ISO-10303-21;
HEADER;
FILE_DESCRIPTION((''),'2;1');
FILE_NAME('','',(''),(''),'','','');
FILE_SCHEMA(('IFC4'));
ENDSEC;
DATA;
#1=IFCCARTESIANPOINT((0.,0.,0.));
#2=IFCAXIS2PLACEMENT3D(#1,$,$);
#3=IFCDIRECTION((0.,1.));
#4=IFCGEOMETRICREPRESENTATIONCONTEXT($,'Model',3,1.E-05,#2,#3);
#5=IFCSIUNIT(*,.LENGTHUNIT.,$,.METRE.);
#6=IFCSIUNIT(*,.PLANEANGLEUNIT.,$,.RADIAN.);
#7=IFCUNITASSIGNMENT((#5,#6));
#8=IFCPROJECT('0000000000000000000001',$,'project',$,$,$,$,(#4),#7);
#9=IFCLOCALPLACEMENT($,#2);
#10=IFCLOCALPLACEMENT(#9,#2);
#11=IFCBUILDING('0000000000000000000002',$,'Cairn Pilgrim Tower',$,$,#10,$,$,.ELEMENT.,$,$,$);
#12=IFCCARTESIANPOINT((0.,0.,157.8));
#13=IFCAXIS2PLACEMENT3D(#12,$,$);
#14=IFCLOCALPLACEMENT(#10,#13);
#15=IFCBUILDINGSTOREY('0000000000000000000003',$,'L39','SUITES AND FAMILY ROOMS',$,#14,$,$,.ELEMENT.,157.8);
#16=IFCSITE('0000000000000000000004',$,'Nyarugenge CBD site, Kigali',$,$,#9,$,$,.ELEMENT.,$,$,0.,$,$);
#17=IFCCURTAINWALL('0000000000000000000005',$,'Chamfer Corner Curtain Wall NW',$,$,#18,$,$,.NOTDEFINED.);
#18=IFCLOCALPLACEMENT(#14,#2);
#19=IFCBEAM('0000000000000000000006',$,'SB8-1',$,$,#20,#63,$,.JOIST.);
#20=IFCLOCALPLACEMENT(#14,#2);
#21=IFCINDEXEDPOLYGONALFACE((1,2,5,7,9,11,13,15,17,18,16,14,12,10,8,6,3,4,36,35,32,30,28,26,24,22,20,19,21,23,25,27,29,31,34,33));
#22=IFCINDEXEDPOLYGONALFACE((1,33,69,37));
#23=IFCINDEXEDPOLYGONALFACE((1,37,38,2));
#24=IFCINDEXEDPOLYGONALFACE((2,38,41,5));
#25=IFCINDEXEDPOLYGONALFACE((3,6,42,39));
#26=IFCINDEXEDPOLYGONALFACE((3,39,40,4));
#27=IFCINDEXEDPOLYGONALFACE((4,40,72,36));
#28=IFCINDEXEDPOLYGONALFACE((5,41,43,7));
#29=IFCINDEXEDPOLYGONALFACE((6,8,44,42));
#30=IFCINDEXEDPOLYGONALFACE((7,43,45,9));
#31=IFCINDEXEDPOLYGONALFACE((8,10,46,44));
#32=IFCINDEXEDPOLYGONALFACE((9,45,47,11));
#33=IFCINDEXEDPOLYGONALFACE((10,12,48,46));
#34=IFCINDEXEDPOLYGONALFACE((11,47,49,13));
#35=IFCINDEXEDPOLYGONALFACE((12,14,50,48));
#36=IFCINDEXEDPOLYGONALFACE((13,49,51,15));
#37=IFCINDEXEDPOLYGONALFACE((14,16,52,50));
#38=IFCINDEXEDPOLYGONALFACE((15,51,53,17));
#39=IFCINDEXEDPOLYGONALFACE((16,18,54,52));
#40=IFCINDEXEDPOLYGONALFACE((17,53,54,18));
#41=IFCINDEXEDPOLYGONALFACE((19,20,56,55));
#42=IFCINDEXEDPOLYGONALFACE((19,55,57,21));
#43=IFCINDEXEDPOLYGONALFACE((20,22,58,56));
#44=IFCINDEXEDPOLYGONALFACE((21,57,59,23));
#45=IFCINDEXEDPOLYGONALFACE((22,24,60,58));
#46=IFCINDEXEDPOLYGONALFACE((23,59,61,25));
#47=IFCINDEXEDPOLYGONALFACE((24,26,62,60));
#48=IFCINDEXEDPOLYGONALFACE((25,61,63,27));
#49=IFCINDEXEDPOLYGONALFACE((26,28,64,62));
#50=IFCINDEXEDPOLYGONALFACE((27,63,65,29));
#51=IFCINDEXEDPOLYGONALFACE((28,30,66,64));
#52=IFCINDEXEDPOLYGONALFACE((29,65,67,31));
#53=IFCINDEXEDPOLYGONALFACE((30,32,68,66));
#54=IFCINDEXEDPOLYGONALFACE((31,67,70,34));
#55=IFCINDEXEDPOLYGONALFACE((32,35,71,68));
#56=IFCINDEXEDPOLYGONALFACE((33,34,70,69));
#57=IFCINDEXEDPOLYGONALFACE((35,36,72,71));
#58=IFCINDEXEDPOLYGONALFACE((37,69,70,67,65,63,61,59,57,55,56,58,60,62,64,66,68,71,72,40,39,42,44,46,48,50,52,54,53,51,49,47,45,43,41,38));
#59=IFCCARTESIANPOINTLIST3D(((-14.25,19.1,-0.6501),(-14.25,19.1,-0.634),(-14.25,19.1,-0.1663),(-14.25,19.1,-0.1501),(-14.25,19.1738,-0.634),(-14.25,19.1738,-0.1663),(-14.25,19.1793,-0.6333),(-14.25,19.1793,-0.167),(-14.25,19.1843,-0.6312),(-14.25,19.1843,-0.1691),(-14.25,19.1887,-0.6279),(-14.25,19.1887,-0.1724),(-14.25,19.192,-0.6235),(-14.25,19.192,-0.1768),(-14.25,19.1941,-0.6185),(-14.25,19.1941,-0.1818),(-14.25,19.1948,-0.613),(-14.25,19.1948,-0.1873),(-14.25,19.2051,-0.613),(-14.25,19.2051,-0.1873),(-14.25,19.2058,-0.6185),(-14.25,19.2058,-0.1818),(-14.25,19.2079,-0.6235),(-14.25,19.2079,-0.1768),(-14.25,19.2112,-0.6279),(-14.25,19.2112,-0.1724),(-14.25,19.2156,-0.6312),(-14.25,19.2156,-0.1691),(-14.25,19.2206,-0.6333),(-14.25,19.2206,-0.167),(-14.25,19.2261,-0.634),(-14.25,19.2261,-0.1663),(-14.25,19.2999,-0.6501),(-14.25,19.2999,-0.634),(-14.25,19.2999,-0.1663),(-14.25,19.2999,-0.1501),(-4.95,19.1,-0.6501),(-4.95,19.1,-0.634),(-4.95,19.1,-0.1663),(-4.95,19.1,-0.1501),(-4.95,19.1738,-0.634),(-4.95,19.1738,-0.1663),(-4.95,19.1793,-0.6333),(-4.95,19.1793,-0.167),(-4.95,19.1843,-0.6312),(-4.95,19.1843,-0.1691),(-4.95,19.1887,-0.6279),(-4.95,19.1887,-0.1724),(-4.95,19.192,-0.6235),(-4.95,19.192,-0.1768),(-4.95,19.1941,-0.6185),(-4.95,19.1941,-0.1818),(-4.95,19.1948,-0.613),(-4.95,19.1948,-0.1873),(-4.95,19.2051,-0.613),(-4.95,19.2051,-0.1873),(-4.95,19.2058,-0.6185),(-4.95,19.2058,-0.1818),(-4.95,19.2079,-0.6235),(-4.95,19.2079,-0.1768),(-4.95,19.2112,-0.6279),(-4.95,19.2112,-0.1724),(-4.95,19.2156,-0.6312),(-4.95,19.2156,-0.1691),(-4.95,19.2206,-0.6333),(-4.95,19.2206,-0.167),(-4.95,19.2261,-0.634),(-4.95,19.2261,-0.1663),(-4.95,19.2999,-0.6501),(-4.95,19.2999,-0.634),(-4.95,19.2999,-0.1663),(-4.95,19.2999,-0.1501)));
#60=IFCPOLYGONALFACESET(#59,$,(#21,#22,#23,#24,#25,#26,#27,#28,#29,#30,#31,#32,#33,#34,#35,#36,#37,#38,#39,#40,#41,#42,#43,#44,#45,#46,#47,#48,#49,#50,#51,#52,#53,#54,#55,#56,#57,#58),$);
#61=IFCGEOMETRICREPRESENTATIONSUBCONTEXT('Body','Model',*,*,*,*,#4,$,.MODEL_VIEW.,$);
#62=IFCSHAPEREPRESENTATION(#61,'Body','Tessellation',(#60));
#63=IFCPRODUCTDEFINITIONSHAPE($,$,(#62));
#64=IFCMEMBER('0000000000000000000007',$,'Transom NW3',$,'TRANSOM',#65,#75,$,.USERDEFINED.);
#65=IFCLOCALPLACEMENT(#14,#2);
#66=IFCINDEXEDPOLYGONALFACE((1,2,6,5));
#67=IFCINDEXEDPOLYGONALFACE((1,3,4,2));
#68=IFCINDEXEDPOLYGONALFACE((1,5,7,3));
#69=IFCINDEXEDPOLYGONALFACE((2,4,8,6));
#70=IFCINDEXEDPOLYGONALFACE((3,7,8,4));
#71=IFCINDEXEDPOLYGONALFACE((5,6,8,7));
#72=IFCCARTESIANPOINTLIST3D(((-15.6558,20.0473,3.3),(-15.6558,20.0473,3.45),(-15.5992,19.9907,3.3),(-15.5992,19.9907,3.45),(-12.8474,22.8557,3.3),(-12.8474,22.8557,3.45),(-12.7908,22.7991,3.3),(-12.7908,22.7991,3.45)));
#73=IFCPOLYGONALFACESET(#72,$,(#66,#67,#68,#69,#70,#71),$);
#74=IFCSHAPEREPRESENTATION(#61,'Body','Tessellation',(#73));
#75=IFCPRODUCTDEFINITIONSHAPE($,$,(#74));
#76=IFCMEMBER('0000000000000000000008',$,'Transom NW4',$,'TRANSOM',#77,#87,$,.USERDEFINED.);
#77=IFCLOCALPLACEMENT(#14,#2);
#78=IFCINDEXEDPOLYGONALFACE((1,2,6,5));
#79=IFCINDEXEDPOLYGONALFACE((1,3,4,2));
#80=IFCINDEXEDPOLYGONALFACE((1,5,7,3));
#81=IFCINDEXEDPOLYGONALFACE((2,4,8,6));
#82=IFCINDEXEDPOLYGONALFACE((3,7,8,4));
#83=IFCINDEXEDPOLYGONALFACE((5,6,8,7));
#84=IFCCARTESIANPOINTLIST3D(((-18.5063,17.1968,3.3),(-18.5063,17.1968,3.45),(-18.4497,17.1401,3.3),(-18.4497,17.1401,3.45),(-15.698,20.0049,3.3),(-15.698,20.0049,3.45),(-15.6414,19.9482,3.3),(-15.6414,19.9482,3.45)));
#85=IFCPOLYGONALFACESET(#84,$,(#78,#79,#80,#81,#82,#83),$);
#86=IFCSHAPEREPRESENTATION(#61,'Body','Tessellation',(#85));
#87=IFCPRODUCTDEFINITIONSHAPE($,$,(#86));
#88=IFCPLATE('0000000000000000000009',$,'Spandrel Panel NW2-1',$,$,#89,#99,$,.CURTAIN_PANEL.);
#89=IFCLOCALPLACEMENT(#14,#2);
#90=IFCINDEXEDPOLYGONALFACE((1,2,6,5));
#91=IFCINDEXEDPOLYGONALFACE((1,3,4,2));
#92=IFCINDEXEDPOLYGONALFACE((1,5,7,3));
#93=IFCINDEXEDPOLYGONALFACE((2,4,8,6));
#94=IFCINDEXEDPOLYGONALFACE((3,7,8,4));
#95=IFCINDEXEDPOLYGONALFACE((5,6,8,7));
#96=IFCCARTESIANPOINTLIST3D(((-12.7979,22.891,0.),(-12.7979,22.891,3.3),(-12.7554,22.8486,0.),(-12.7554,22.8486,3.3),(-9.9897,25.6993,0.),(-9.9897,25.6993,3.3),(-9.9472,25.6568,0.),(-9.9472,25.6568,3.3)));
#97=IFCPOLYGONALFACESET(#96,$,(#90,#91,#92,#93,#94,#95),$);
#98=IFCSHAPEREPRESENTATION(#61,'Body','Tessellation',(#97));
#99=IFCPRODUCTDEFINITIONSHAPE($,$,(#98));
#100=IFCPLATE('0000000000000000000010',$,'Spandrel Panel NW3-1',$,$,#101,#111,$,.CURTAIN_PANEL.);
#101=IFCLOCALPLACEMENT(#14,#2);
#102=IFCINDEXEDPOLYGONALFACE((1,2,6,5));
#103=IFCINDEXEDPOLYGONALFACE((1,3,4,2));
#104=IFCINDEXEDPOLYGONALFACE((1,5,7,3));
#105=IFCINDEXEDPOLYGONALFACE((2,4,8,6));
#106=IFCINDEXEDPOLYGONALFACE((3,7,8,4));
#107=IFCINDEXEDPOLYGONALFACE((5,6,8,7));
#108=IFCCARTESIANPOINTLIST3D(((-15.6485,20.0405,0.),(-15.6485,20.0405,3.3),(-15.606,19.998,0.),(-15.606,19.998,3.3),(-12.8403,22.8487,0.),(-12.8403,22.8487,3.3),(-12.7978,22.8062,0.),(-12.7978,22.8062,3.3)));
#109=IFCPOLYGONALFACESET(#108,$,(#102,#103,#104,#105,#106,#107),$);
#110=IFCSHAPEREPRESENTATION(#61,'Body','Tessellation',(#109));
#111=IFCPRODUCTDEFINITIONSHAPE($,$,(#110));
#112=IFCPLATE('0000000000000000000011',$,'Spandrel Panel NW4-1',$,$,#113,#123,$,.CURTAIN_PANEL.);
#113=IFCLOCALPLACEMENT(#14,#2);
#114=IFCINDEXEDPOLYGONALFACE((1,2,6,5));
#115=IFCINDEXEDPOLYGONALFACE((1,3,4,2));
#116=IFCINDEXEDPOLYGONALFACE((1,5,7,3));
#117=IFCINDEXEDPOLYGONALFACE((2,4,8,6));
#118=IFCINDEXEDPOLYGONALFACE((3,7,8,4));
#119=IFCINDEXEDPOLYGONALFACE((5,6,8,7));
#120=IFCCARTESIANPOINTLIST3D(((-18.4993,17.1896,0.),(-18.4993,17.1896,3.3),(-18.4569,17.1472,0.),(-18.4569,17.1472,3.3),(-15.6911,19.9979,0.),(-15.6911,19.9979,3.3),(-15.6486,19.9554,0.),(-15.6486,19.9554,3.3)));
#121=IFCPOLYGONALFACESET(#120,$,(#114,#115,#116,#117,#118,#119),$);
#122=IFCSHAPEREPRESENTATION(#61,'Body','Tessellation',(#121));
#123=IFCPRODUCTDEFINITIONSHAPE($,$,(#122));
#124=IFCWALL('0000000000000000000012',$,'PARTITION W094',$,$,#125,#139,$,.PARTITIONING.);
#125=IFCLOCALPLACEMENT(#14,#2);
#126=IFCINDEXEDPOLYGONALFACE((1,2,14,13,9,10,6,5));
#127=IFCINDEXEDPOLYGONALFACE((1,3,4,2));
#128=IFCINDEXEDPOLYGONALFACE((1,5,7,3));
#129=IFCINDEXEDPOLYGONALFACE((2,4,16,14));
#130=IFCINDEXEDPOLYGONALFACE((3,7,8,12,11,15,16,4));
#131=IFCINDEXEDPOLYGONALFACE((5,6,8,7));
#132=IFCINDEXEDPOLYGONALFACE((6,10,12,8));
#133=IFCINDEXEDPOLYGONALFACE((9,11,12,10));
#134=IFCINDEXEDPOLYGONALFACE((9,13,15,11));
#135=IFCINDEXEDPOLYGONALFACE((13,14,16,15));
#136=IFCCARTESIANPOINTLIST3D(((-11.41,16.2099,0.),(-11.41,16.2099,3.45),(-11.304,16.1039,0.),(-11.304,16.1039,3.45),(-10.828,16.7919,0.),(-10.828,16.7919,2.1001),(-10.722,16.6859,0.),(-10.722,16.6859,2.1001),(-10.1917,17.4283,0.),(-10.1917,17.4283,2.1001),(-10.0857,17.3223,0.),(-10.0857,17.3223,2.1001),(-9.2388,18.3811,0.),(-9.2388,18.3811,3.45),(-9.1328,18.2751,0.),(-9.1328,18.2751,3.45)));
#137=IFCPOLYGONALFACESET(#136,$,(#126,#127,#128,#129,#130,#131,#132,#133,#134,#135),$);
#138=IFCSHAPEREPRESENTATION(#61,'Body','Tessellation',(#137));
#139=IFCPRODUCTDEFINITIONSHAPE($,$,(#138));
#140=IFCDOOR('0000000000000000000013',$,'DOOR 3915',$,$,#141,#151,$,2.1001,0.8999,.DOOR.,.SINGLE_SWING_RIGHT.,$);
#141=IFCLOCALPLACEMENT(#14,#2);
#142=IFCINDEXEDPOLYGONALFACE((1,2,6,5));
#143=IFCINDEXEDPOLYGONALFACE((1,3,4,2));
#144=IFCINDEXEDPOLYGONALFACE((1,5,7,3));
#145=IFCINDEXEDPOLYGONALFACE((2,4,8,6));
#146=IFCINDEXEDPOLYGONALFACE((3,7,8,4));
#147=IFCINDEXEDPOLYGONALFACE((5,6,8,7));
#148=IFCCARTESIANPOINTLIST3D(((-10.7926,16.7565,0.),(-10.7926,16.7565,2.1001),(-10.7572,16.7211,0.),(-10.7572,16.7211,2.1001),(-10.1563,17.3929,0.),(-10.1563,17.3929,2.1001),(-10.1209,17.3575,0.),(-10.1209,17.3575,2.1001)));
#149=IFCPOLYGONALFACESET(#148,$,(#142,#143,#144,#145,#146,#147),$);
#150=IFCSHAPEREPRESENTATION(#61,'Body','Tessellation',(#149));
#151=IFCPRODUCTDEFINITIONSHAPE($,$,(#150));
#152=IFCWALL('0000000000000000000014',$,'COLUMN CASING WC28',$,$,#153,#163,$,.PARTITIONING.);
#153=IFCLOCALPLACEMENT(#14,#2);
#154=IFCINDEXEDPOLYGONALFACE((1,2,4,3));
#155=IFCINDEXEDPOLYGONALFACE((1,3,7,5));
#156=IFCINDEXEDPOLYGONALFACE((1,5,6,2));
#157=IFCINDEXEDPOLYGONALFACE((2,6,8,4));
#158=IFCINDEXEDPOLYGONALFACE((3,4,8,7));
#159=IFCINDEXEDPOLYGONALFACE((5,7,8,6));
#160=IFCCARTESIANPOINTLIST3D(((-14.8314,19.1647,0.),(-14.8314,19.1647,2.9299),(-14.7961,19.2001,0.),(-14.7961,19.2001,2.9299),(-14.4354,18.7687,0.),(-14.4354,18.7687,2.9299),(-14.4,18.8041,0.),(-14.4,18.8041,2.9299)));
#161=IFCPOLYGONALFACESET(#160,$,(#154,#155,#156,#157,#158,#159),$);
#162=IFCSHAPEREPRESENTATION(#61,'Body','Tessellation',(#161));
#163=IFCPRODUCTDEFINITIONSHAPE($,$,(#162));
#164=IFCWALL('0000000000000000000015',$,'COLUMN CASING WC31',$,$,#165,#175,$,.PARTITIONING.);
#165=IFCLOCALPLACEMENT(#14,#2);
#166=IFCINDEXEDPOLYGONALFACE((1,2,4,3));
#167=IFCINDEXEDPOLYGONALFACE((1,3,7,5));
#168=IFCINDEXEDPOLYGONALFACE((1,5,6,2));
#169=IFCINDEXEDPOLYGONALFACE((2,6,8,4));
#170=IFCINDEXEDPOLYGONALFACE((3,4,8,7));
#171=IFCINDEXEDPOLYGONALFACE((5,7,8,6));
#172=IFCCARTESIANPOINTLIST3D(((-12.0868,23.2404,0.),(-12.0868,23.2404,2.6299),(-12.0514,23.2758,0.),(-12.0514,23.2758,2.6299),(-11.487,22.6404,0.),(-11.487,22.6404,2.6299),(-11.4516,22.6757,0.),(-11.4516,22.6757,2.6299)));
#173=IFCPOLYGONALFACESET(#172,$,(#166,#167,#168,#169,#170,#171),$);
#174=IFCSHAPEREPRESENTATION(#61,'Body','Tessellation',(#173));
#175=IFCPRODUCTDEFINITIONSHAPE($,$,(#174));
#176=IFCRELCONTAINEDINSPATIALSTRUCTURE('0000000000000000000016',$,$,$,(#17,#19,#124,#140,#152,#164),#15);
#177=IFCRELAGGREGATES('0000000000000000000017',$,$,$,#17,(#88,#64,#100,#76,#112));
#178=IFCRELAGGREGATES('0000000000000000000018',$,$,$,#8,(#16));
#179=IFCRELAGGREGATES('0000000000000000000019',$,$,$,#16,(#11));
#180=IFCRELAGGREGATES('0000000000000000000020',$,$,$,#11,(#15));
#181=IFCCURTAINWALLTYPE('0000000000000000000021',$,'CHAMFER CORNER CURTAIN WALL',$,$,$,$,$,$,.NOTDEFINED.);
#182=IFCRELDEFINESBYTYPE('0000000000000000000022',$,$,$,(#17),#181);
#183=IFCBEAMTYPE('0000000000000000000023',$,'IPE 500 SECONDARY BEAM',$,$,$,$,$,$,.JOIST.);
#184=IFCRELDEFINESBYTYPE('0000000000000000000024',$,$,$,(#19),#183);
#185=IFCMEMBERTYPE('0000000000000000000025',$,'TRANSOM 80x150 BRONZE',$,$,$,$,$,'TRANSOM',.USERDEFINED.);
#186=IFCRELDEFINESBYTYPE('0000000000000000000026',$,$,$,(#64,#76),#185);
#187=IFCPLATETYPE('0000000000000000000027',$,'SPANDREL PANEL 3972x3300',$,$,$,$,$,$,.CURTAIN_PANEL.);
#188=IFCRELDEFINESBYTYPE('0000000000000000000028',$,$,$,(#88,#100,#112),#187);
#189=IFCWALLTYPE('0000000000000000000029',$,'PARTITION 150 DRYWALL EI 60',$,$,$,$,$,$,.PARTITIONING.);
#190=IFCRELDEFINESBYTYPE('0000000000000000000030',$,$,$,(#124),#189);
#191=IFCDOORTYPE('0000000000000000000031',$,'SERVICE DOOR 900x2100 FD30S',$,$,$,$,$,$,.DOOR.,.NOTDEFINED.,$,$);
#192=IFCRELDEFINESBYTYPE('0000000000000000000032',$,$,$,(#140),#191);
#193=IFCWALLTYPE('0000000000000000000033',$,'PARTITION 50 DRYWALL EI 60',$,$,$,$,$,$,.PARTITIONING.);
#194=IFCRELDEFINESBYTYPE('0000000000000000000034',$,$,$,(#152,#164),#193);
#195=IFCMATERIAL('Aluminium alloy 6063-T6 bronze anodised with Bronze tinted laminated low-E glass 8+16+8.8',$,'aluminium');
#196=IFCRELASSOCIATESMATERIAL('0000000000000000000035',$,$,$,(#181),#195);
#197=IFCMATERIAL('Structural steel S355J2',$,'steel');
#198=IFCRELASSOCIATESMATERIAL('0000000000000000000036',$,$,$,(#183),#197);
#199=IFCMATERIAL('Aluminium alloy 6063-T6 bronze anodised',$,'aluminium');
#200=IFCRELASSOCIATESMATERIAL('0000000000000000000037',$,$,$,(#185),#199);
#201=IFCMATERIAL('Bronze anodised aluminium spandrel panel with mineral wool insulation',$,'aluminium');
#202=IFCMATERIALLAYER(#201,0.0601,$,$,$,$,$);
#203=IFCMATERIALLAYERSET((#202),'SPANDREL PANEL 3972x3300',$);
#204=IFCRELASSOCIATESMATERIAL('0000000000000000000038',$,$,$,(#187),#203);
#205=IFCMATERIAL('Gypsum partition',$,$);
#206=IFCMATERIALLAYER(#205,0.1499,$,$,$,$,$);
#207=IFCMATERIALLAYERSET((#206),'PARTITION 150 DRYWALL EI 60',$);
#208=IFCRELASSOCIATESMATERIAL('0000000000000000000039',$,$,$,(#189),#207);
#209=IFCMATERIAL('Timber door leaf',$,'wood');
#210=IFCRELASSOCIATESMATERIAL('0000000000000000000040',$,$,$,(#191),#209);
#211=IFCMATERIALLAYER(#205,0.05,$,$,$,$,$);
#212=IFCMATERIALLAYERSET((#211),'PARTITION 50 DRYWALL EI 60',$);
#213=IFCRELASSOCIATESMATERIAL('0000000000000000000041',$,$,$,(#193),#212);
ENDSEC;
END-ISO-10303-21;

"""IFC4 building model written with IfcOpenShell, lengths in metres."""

from ifc_helpers import new_model, si_unit, direction, frame, frame_2d, origin, origin_2d, place, context, subcontext, project, spatial, rectangle, i_section, extrude, material, layer, layer_set, material_profile, profile_set, type_object, element, fill, aggregate, save


model = new_model("IFC4")

# Units and contexts
model_context = context("Model", 3, precision=1e-05, world=origin(), true_north=direction((0.0, 1.0)))
body_context = subcontext(model_context, "Body", "Model", "MODEL_VIEW")
ifc_project = project(units=[si_unit("LENGTHUNIT", "METRE"), si_unit("PLANEANGLEUNIT", "RADIAN")], contexts=[model_context])

# Site, building, storey
site_placement = place(None, origin())
site = spatial("IfcSite", under=ifc_project, at=site_placement, Name="Nyarugenge CBD site, Kigali", CompositionType="ELEMENT", RefElevation=0.0)
building_placement = place(site_placement, origin())
building = spatial("IfcBuilding", under=site, at=building_placement, Name="Cairn Pilgrim Tower", CompositionType="ELEMENT")
storey_placement = place(building_placement, frame((0.0, 0.0, 157.8)))
storey = spatial("IfcBuildingStorey", under=building, at=storey_placement, Name="L39", Description="SUITES AND FAMILY ROOMS", CompositionType="ELEMENT", Elevation=157.8)

# Shared definitions
ifc_material_1 = material(Name="Structural steel S355J2", Category="steel")

# Curtain wall
ifc_material_2 = material(Name="Aluminium alloy 6063-T6 bronze anodised with Bronze tinted laminated low-E glass 8+16+8.8", Category="aluminium")
curtain_wall_type_1 = type_object("IfcCurtainWallType", Name="CHAMFER CORNER CURTAIN WALL", PredefinedType="NOTDEFINED", material=ifc_material_2)
curtain_wall_1_placement = place(storey_placement, origin())
curtain_wall_1 = element("IfcCurtainWall", 1, at=curtain_wall_1_placement, inside=storey, type_object=curtain_wall_type_1, Name="Chamfer Corner Curtain Wall NW", PredefinedType="NOTDEFINED")
ifc_material_3 = material(Name="Aluminium alloy 6063-T6 bronze anodised", Category="aluminium")

# Beam
ifc_material_profile_1 = material_profile(ifc_material_1, i_section(OverallWidth=0.2, OverallDepth=0.5, WebThickness=0.0103, FlangeThickness=0.0161, FilletRadius=0.021, at=origin_2d()), Name="IPE 500")
ifc_profile_set_1 = profile_set([ifc_material_profile_1], Name="Structural steel S355J2")
beam_type_1 = type_object("IfcBeamType", Name="IPE 500 SECONDARY BEAM", PredefinedType="JOIST", material=ifc_profile_set_1)
beam_1_placement = place(storey_placement, frame((-14.25, 19.2, -0.4001), z_axis=(1.0, 0.0, 0.0), x_axis=(0.0, 1.0, 0.0)))
element("IfcBeam", 2, at=beam_1_placement, inside=storey, type_object=beam_type_1, Name="SB8-1", PredefinedType="JOIST", context=body_context, shape_type="SweptSolid", body=[
    extrude(i_section(OverallWidth=0.2, OverallDepth=0.5, WebThickness=0.0103, FlangeThickness=0.0161, FilletRadius=0.021, at=origin_2d()), origin(), (0.0, 0.0, 1.0), 9.3),
])

# Members
ifc_material_profile_2 = material_profile(ifc_material_3, rectangle(XDim=0.0801, YDim=0.1499, at=origin_2d()), Name="TRANSOM 80x150 BRONZE")
ifc_profile_set_2 = profile_set([ifc_material_profile_2], Name="Aluminium alloy 6063-T6 bronze anodised")
member_type_1 = type_object("IfcMemberType", Name="TRANSOM 80x150 BRONZE", ElementType="TRANSOM", PredefinedType="USERDEFINED", material=ifc_profile_set_2)
member_1_placement = place(storey_placement, frame((-12.8191, 22.8274, 3.375), z_axis=(-0.707107, -0.707107, 0.0), x_axis=(0.707107, -0.707107, 0.0)))
member_1 = element("IfcMember", 3, at=member_1_placement, type_object=member_type_1, Name="Transom NW3", ObjectType="TRANSOM", PredefinedType="USERDEFINED", context=body_context, shape_type="SweptSolid", body=[
    extrude(rectangle(XDim=0.0801, YDim=0.1499, at=origin_2d()), origin(), (0.0, 0.0, 1.0), 3.9717),
])
member_2_placement = place(storey_placement, frame((-15.6697, 19.9766, 3.375), z_axis=(-0.707138, -0.707076, 0.0), x_axis=(0.707076, -0.707138, 0.0)))
member_2 = element("IfcMember", 4, at=member_2_placement, type_object=member_type_1, Name="Transom NW4", ObjectType="TRANSOM", PredefinedType="USERDEFINED", context=body_context, shape_type="SweptSolid", body=[
    extrude(rectangle(XDim=0.0801, YDim=0.1499, at=origin_2d()), origin(), (0.0, 0.0, 1.0), 3.9714),
])

# Plates
ifc_material_4 = material(Name="Bronze anodised aluminium spandrel panel with mineral wool insulation", Category="aluminium")
ifc_layer_1 = layer(ifc_material_4, 0.0601)
ifc_layer_set_1 = layer_set([ifc_layer_1], Name="SPANDREL PANEL 3972x3300")
plate_type = type_object("IfcPlateType", Name="SPANDREL PANEL 3972x3300", PredefinedType="CURTAIN_PANEL", material=ifc_layer_set_1)
plate_1_placement = place(storey_placement, frame((-11.3726, 24.2739, 0.0), z_axis=(0.0, 0.0, 1.0), x_axis=(-0.707107, -0.707107, 0.0)))
plate_1 = element("IfcPlate", 5, at=plate_1_placement, type_object=plate_type, Name="Spandrel Panel NW2-1", PredefinedType="CURTAIN_PANEL", context=body_context, shape_type="SweptSolid", body=[
    extrude(rectangle(XDim=3.9714, YDim=0.0601, at=origin_2d()), origin(), (0.0, 0.0, 1.0), 3.3),
])
plate_2_placement = place(storey_placement, frame((-14.2231, 21.4233, 0.0), z_axis=(0.0, 0.0, 1.0), x_axis=(-0.707107, -0.707107, 0.0)))
plate_2 = element("IfcPlate", 6, at=plate_2_placement, type_object=plate_type, Name="Spandrel Panel NW3-1", PredefinedType="CURTAIN_PANEL", context=body_context, shape_type="SweptSolid", body=[
    extrude(rectangle(XDim=3.9714, YDim=0.0601, at=origin_2d()), origin(), (0.0, 0.0, 1.0), 3.3),
])
plate_3_placement = place(storey_placement, frame((-17.074, 18.5725, 0.0), z_axis=(0.0, 0.0, 1.0), x_axis=(-0.707107, -0.707107, 0.0)))
plate_3 = element("IfcPlate", 7, at=plate_3_placement, type_object=plate_type, Name="Spandrel Panel NW4-1", PredefinedType="CURTAIN_PANEL", context=body_context, shape_type="SweptSolid", body=[
    extrude(rectangle(XDim=3.9714, YDim=0.0601, at=origin_2d()), origin(), (0.0, 0.0, 1.0), 3.3),
])
aggregate(curtain_wall_1, [plate_1, member_1, plate_2, member_2, plate_3])

# Wall, opening, door
ifc_material_5 = material(Name="Gypsum partition")
ifc_layer_2 = layer(ifc_material_5, 0.1499)
ifc_layer_set_2 = layer_set([ifc_layer_2], Name="PARTITION 150 DRYWALL EI 60")
wall_type_1 = type_object("IfcWallType", Name="PARTITION 150 DRYWALL EI 60", PredefinedType="PARTITIONING", material=ifc_layer_set_2)
wall_1_placement = place(storey_placement, frame((-11.3569, 16.157, 0.0), z_axis=(0.0, 0.0, 1.0), x_axis=(0.707107, 0.707107, 0.0)))
wall_1 = element("IfcWall", 8, at=wall_1_placement, inside=storey, type_object=wall_type_1, Name="PARTITION W094", PredefinedType="PARTITIONING", context=body_context, shape_type="SweptSolid", body=[
    extrude(rectangle(XDim=3.0706, YDim=0.1499, at=frame_2d((1.5352, 0.0))), origin(), (0.0, 0.0, 1.0), 3.45),
])
opening_1_placement = place(wall_1_placement, frame((0.823, 0.0, 0.0)))
opening_1 = element("IfcOpeningElement", 9, at=opening_1_placement, cuts=wall_1, PredefinedType="OPENING", context=body_context, shape_type="SweptSolid", body=[
    extrude(rectangle(XDim=0.8999, YDim=2.1001, at=frame_2d((0.45, 1.05))), frame((0.0, 0.085, 0.0), z_axis=(0.0, -1.0, 0.0), x_axis=(1.0, 0.0, 0.0)), (0.0, 0.0, 1.0), 0.1699),
])
ifc_material_6 = material(Name="Timber door leaf", Category="wood")
door_type_1 = type_object("IfcDoorType", Name="SERVICE DOOR 900x2100 FD30S", OperationType="NOTDEFINED", PredefinedType="DOOR", material=ifc_material_6)
door_1_placement = place(opening_1_placement, origin())
door_1 = element("IfcDoor", 10, at=door_1_placement, inside=storey, type_object=door_type_1, Name="DOOR 3915", OperationType="SINGLE_SWING_RIGHT", OverallHeight=2.1001, OverallWidth=0.8999, PredefinedType="DOOR", context=body_context, shape_type="SweptSolid", body=[
    extrude(rectangle(XDim=0.8999, YDim=2.1001, at=frame_2d((0.45, 1.05))), frame((0.0, 0.0249, 0.0), z_axis=(0.0, -1.0, 0.0), x_axis=(1.0, 0.0, 0.0)), (0.0, 0.0, 1.0), 0.05),
])
fill(opening_1, door_1)

# Walls
ifc_layer_3 = layer(ifc_material_5, 0.05)
ifc_layer_set_3 = layer_set([ifc_layer_3], Name="PARTITION 50 DRYWALL EI 60")
wall_type_2 = type_object("IfcWallType", Name="PARTITION 50 DRYWALL EI 60", PredefinedType="PARTITIONING", material=ifc_layer_set_3)
wall_2_placement = place(storey_placement, frame((-14.4177, 18.7864, 0.0), z_axis=(0.0, 0.0, 1.0), x_axis=(-0.707107, 0.707107, 0.0)))
element("IfcWall", 11, at=wall_2_placement, inside=storey, type_object=wall_type_2, Name="COLUMN CASING WC28", PredefinedType="PARTITIONING", context=body_context, shape_type="SweptSolid", body=[
    extrude(rectangle(XDim=0.5601, YDim=0.05, at=frame_2d((0.28, 0.0))), origin(), (0.0, 0.0, 1.0), 2.9299),
])
wall_3_placement = place(storey_placement, frame((-11.4692, 22.658, 0.0), z_axis=(0.0, 0.0, 1.0), x_axis=(-0.706963, 0.707251, 0.0)))
element("IfcWall", 12, at=wall_3_placement, inside=storey, type_object=wall_type_2, Name="COLUMN CASING WC31", PredefinedType="PARTITIONING", context=body_context, shape_type="SweptSolid", body=[
    extrude(rectangle(XDim=0.8484, YDim=0.05, at=frame_2d((0.4243, 0.0))), origin(), (0.0, 0.0, 1.0), 2.6299),
])

save(model, "model.ifc")
